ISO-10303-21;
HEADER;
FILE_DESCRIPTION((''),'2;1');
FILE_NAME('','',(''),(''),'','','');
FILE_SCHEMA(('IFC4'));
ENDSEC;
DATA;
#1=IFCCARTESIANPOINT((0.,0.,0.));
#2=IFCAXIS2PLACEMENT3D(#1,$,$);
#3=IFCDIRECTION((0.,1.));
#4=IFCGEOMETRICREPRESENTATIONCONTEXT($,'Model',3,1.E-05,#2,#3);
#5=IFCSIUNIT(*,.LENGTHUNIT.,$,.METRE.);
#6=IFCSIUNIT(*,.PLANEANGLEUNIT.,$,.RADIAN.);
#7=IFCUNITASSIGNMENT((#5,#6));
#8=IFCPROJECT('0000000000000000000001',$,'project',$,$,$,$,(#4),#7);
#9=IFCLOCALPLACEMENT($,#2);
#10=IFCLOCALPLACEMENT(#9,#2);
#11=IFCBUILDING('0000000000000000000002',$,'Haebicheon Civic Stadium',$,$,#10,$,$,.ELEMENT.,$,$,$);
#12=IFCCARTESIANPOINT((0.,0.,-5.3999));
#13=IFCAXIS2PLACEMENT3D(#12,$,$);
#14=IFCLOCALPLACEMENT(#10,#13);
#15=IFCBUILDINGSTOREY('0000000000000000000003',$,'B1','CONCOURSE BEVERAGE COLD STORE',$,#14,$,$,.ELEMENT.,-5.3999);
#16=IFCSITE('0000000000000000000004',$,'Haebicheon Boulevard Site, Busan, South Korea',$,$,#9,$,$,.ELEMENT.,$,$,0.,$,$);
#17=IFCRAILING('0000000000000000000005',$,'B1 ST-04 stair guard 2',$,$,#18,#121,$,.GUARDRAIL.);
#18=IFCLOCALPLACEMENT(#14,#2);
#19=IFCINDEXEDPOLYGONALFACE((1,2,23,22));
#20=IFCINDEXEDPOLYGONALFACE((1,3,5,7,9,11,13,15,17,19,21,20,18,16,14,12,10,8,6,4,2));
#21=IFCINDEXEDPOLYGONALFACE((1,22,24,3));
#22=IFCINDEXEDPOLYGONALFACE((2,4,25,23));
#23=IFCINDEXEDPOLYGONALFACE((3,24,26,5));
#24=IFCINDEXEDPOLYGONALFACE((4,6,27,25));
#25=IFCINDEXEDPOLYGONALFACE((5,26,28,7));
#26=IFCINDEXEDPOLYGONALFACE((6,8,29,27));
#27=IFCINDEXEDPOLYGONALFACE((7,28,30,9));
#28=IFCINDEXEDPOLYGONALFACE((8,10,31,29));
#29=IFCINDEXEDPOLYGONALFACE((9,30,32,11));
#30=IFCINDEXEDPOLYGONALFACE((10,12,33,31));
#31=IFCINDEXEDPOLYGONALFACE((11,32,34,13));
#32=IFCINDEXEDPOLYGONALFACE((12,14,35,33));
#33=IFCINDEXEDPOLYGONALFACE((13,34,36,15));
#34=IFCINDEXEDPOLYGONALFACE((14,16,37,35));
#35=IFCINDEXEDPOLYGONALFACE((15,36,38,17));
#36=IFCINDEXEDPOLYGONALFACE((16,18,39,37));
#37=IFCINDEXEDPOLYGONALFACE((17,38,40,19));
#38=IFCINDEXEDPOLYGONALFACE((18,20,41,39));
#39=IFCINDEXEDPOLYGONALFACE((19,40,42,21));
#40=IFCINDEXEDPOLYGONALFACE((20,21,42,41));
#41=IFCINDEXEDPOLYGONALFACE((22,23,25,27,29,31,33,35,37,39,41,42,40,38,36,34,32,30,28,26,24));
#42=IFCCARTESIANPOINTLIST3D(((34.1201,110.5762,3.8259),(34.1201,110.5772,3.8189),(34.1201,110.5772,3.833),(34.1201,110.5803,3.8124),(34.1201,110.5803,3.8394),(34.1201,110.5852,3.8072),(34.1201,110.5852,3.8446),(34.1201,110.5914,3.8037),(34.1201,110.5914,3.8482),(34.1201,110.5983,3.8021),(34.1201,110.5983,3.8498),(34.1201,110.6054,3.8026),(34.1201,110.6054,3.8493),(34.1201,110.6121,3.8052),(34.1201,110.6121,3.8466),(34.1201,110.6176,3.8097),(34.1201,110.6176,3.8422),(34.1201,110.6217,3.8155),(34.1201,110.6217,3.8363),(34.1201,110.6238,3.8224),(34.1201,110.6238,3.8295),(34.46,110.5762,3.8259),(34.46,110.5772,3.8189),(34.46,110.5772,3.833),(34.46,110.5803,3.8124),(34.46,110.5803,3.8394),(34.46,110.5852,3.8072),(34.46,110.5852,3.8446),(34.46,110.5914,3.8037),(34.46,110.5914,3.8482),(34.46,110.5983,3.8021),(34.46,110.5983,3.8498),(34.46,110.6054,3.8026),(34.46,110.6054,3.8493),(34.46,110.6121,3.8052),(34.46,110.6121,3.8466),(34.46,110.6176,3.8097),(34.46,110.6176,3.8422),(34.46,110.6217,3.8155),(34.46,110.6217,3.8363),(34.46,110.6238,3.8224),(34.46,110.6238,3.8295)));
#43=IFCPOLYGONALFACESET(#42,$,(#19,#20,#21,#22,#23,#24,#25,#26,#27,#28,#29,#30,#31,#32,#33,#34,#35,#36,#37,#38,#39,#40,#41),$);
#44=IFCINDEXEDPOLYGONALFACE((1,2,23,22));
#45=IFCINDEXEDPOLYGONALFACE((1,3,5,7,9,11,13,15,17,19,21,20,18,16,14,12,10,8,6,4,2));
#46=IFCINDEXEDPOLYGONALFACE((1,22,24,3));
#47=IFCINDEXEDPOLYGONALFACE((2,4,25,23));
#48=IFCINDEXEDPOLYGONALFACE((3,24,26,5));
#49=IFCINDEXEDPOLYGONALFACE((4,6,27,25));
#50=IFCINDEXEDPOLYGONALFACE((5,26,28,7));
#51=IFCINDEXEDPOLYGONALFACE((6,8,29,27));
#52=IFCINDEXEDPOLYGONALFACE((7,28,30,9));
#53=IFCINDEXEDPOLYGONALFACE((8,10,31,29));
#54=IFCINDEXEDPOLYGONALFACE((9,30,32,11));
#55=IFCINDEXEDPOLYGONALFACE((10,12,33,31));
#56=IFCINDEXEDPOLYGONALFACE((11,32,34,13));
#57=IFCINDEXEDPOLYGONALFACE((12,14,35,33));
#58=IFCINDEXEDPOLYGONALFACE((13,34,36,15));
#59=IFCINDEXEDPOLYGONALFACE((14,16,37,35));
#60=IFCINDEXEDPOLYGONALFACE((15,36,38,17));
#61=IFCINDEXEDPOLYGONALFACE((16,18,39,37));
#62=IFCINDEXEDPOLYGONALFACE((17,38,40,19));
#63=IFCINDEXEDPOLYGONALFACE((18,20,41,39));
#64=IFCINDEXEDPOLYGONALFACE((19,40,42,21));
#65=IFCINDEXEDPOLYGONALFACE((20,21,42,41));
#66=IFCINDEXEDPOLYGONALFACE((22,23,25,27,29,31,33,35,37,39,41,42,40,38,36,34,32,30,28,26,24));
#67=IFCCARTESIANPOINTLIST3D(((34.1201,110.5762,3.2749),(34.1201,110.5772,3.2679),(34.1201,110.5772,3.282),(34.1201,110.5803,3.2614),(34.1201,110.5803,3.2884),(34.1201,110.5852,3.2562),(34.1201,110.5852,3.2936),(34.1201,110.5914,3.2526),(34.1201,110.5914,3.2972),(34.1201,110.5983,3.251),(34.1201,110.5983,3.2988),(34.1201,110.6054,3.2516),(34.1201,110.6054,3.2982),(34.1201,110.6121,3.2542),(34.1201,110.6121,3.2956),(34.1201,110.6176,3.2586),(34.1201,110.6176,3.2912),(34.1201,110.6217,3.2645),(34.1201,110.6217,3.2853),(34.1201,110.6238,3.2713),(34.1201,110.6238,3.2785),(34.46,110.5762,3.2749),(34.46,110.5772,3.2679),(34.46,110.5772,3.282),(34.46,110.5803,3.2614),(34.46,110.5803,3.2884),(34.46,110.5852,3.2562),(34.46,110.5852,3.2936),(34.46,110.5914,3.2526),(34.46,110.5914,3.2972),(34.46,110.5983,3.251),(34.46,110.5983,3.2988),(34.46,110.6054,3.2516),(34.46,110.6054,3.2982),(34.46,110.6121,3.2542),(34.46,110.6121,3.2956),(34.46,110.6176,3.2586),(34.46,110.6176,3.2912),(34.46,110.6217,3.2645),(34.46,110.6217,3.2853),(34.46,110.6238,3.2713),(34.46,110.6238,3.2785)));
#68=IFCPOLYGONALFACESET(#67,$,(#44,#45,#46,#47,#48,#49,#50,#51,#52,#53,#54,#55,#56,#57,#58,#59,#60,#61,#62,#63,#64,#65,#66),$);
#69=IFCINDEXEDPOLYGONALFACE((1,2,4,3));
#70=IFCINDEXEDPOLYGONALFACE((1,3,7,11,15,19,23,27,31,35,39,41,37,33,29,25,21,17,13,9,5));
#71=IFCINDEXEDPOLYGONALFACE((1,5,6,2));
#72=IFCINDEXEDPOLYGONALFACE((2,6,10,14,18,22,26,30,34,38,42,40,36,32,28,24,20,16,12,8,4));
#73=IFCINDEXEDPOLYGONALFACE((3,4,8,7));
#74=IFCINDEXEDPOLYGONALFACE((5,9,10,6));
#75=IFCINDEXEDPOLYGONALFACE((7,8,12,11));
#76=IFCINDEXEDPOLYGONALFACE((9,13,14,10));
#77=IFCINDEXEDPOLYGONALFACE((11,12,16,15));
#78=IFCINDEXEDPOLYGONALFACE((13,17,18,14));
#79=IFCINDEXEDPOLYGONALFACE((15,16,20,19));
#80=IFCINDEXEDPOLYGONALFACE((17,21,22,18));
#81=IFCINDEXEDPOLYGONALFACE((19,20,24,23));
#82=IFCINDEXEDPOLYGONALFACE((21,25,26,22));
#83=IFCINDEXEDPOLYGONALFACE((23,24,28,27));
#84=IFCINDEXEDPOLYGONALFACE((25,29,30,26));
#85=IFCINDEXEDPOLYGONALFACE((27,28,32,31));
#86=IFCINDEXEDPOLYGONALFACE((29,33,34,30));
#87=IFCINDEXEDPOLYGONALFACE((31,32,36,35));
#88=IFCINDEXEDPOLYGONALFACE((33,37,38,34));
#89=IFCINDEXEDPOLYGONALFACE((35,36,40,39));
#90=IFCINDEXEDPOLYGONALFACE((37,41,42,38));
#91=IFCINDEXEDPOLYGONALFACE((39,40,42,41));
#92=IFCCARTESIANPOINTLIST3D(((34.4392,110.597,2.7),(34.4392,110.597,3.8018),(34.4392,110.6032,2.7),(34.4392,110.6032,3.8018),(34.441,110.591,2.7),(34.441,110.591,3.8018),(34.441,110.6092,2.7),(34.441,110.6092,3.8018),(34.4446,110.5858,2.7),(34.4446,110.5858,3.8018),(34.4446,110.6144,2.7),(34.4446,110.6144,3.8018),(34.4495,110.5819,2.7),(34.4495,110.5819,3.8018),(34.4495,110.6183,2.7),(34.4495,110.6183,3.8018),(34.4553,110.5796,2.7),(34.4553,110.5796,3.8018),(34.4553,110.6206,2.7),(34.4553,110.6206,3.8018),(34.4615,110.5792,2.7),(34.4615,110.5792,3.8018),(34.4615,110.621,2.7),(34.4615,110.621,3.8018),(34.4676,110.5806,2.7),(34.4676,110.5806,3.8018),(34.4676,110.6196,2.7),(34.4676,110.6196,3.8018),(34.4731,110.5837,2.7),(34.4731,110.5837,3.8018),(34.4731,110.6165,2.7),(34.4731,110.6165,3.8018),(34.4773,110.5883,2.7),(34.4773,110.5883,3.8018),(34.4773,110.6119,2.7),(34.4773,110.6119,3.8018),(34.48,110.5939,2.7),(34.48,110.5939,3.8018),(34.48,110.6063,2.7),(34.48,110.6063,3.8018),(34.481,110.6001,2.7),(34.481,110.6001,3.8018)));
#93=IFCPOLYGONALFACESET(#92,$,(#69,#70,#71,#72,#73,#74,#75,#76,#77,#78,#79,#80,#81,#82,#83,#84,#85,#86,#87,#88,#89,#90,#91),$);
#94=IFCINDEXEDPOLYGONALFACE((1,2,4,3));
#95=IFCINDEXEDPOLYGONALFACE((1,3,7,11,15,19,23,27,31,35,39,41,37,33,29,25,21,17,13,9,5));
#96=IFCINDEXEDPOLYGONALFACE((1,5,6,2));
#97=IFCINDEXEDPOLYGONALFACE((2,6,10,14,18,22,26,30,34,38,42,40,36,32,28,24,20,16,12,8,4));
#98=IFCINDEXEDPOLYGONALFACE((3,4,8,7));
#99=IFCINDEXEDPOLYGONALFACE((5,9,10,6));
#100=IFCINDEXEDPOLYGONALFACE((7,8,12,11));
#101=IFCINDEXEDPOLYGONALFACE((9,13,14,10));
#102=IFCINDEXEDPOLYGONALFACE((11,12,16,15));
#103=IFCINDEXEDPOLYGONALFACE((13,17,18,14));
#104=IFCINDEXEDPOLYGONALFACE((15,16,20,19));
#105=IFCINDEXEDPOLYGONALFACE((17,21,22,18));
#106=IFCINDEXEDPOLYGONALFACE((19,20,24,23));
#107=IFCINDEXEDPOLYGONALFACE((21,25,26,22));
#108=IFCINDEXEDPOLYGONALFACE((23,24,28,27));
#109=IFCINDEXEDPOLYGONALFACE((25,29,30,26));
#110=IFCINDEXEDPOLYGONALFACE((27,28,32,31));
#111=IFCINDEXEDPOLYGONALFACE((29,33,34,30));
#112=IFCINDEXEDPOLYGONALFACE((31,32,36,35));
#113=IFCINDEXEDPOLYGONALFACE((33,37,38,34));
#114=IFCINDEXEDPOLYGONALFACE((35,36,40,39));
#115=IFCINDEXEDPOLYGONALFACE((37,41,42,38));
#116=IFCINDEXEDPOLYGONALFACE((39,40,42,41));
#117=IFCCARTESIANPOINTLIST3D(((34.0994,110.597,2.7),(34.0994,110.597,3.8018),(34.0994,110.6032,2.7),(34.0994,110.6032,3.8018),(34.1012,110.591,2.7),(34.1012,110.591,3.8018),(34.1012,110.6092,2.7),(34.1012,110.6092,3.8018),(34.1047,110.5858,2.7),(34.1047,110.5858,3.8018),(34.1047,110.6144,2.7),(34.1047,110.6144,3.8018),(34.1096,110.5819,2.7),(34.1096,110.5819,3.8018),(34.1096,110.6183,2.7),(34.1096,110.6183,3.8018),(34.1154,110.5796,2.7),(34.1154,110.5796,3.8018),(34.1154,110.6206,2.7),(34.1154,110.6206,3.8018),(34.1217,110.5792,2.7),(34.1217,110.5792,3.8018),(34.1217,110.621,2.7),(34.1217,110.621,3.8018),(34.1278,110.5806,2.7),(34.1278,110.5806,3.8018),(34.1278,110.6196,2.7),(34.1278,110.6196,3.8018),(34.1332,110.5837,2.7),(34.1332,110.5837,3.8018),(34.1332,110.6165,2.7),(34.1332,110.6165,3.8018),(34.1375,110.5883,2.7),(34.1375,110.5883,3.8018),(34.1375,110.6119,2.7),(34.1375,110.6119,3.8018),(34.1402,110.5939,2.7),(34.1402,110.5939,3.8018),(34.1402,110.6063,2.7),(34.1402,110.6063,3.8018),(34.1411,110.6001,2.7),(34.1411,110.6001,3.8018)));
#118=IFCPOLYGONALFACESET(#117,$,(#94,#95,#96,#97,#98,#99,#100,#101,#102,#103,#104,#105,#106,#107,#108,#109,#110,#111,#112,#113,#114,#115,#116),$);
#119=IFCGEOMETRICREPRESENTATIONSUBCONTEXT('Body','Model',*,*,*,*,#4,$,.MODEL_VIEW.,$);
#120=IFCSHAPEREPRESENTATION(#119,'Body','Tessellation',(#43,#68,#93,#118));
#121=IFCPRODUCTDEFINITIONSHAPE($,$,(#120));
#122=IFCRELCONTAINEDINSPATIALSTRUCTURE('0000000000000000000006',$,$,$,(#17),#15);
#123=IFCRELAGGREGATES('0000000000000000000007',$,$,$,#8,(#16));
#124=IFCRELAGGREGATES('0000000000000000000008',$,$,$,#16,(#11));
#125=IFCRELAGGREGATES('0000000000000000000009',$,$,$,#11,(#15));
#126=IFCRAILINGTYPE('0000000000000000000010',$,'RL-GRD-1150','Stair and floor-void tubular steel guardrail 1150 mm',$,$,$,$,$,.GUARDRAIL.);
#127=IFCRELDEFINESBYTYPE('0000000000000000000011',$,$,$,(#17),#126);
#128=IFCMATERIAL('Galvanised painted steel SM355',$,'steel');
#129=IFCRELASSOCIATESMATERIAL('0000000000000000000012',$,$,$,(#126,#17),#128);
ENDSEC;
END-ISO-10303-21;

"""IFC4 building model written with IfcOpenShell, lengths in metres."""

from ifc_helpers import new_model, si_unit, direction, frame, origin, origin_2d, place, context, subcontext, project, spatial, circle, extrude, material, type_object, element, save


model = new_model("IFC4")

# Units and contexts
model_context = context("Model", 3, precision=1e-05, world=origin(), true_north=direction((0.0, 1.0)))
body_context = subcontext(model_context, "Body", "Model", "MODEL_VIEW")
ifc_project = project(units=[si_unit("LENGTHUNIT", "METRE"), si_unit("PLANEANGLEUNIT", "RADIAN")], contexts=[model_context])

# Site, building, storey
site_placement = place(None, origin())
site = spatial("IfcSite", under=ifc_project, at=site_placement, Name="Haebicheon Boulevard Site, Busan, South Korea", CompositionType="ELEMENT", RefElevation=0.0)
building_placement = place(site_placement, origin())
building = spatial("IfcBuilding", under=site, at=building_placement, Name="Haebicheon Civic Stadium", CompositionType="ELEMENT")
storey_placement = place(building_placement, frame((0.0, 0.0, -5.3999)))
storey = spatial("IfcBuildingStorey", under=building, at=storey_placement, Name="B1", Description="CONCOURSE BEVERAGE COLD STORE", CompositionType="ELEMENT", Elevation=-5.3999)

# Railing
ifc_material_1 = material(Name="Galvanised painted steel SM355", Category="steel")
railing_type = type_object("IfcRailingType", Name="RL-GRD-1150", Description="Stair and floor-void tubular steel guardrail 1150 mm", PredefinedType="GUARDRAIL", material=ifc_material_1)
railing_1_placement = place(storey_placement, frame((34.46, 110.6001, 2.7)))
element("IfcRailing", 1, at=railing_1_placement, inside=storey, type_object=railing_type, material=ifc_material_1, Name="B1 ST-04 stair guard 2", PredefinedType="GUARDRAIL", context=body_context, shape_type="SweptSolid", body=[
    extrude(circle(Radius=0.0239, at=origin_2d()), frame((0.0, 0.0, 1.126), z_axis=(-1.0, 0.0, 0.0), x_axis=(0.0, -1.0, 0.0)), (0.0, 0.0, 1.0), 0.3398),
    extrude(circle(Radius=0.0239, at=origin_2d()), frame((0.0, 0.0, 0.575), z_axis=(-1.0, 0.0, 0.0), x_axis=(0.0, -1.0, 0.0)), (0.0, 0.0, 1.0), 0.3398),
    extrude(circle(Radius=0.021, at=origin_2d()), origin(), (0.0, 0.0, 1.0), 1.1018),
    extrude(circle(Radius=0.021, at=origin_2d()), frame((-0.3398, 0.0, 0.0)), (0.0, 0.0, 1.0), 1.1018),
])

save(model, "model.ifc")
